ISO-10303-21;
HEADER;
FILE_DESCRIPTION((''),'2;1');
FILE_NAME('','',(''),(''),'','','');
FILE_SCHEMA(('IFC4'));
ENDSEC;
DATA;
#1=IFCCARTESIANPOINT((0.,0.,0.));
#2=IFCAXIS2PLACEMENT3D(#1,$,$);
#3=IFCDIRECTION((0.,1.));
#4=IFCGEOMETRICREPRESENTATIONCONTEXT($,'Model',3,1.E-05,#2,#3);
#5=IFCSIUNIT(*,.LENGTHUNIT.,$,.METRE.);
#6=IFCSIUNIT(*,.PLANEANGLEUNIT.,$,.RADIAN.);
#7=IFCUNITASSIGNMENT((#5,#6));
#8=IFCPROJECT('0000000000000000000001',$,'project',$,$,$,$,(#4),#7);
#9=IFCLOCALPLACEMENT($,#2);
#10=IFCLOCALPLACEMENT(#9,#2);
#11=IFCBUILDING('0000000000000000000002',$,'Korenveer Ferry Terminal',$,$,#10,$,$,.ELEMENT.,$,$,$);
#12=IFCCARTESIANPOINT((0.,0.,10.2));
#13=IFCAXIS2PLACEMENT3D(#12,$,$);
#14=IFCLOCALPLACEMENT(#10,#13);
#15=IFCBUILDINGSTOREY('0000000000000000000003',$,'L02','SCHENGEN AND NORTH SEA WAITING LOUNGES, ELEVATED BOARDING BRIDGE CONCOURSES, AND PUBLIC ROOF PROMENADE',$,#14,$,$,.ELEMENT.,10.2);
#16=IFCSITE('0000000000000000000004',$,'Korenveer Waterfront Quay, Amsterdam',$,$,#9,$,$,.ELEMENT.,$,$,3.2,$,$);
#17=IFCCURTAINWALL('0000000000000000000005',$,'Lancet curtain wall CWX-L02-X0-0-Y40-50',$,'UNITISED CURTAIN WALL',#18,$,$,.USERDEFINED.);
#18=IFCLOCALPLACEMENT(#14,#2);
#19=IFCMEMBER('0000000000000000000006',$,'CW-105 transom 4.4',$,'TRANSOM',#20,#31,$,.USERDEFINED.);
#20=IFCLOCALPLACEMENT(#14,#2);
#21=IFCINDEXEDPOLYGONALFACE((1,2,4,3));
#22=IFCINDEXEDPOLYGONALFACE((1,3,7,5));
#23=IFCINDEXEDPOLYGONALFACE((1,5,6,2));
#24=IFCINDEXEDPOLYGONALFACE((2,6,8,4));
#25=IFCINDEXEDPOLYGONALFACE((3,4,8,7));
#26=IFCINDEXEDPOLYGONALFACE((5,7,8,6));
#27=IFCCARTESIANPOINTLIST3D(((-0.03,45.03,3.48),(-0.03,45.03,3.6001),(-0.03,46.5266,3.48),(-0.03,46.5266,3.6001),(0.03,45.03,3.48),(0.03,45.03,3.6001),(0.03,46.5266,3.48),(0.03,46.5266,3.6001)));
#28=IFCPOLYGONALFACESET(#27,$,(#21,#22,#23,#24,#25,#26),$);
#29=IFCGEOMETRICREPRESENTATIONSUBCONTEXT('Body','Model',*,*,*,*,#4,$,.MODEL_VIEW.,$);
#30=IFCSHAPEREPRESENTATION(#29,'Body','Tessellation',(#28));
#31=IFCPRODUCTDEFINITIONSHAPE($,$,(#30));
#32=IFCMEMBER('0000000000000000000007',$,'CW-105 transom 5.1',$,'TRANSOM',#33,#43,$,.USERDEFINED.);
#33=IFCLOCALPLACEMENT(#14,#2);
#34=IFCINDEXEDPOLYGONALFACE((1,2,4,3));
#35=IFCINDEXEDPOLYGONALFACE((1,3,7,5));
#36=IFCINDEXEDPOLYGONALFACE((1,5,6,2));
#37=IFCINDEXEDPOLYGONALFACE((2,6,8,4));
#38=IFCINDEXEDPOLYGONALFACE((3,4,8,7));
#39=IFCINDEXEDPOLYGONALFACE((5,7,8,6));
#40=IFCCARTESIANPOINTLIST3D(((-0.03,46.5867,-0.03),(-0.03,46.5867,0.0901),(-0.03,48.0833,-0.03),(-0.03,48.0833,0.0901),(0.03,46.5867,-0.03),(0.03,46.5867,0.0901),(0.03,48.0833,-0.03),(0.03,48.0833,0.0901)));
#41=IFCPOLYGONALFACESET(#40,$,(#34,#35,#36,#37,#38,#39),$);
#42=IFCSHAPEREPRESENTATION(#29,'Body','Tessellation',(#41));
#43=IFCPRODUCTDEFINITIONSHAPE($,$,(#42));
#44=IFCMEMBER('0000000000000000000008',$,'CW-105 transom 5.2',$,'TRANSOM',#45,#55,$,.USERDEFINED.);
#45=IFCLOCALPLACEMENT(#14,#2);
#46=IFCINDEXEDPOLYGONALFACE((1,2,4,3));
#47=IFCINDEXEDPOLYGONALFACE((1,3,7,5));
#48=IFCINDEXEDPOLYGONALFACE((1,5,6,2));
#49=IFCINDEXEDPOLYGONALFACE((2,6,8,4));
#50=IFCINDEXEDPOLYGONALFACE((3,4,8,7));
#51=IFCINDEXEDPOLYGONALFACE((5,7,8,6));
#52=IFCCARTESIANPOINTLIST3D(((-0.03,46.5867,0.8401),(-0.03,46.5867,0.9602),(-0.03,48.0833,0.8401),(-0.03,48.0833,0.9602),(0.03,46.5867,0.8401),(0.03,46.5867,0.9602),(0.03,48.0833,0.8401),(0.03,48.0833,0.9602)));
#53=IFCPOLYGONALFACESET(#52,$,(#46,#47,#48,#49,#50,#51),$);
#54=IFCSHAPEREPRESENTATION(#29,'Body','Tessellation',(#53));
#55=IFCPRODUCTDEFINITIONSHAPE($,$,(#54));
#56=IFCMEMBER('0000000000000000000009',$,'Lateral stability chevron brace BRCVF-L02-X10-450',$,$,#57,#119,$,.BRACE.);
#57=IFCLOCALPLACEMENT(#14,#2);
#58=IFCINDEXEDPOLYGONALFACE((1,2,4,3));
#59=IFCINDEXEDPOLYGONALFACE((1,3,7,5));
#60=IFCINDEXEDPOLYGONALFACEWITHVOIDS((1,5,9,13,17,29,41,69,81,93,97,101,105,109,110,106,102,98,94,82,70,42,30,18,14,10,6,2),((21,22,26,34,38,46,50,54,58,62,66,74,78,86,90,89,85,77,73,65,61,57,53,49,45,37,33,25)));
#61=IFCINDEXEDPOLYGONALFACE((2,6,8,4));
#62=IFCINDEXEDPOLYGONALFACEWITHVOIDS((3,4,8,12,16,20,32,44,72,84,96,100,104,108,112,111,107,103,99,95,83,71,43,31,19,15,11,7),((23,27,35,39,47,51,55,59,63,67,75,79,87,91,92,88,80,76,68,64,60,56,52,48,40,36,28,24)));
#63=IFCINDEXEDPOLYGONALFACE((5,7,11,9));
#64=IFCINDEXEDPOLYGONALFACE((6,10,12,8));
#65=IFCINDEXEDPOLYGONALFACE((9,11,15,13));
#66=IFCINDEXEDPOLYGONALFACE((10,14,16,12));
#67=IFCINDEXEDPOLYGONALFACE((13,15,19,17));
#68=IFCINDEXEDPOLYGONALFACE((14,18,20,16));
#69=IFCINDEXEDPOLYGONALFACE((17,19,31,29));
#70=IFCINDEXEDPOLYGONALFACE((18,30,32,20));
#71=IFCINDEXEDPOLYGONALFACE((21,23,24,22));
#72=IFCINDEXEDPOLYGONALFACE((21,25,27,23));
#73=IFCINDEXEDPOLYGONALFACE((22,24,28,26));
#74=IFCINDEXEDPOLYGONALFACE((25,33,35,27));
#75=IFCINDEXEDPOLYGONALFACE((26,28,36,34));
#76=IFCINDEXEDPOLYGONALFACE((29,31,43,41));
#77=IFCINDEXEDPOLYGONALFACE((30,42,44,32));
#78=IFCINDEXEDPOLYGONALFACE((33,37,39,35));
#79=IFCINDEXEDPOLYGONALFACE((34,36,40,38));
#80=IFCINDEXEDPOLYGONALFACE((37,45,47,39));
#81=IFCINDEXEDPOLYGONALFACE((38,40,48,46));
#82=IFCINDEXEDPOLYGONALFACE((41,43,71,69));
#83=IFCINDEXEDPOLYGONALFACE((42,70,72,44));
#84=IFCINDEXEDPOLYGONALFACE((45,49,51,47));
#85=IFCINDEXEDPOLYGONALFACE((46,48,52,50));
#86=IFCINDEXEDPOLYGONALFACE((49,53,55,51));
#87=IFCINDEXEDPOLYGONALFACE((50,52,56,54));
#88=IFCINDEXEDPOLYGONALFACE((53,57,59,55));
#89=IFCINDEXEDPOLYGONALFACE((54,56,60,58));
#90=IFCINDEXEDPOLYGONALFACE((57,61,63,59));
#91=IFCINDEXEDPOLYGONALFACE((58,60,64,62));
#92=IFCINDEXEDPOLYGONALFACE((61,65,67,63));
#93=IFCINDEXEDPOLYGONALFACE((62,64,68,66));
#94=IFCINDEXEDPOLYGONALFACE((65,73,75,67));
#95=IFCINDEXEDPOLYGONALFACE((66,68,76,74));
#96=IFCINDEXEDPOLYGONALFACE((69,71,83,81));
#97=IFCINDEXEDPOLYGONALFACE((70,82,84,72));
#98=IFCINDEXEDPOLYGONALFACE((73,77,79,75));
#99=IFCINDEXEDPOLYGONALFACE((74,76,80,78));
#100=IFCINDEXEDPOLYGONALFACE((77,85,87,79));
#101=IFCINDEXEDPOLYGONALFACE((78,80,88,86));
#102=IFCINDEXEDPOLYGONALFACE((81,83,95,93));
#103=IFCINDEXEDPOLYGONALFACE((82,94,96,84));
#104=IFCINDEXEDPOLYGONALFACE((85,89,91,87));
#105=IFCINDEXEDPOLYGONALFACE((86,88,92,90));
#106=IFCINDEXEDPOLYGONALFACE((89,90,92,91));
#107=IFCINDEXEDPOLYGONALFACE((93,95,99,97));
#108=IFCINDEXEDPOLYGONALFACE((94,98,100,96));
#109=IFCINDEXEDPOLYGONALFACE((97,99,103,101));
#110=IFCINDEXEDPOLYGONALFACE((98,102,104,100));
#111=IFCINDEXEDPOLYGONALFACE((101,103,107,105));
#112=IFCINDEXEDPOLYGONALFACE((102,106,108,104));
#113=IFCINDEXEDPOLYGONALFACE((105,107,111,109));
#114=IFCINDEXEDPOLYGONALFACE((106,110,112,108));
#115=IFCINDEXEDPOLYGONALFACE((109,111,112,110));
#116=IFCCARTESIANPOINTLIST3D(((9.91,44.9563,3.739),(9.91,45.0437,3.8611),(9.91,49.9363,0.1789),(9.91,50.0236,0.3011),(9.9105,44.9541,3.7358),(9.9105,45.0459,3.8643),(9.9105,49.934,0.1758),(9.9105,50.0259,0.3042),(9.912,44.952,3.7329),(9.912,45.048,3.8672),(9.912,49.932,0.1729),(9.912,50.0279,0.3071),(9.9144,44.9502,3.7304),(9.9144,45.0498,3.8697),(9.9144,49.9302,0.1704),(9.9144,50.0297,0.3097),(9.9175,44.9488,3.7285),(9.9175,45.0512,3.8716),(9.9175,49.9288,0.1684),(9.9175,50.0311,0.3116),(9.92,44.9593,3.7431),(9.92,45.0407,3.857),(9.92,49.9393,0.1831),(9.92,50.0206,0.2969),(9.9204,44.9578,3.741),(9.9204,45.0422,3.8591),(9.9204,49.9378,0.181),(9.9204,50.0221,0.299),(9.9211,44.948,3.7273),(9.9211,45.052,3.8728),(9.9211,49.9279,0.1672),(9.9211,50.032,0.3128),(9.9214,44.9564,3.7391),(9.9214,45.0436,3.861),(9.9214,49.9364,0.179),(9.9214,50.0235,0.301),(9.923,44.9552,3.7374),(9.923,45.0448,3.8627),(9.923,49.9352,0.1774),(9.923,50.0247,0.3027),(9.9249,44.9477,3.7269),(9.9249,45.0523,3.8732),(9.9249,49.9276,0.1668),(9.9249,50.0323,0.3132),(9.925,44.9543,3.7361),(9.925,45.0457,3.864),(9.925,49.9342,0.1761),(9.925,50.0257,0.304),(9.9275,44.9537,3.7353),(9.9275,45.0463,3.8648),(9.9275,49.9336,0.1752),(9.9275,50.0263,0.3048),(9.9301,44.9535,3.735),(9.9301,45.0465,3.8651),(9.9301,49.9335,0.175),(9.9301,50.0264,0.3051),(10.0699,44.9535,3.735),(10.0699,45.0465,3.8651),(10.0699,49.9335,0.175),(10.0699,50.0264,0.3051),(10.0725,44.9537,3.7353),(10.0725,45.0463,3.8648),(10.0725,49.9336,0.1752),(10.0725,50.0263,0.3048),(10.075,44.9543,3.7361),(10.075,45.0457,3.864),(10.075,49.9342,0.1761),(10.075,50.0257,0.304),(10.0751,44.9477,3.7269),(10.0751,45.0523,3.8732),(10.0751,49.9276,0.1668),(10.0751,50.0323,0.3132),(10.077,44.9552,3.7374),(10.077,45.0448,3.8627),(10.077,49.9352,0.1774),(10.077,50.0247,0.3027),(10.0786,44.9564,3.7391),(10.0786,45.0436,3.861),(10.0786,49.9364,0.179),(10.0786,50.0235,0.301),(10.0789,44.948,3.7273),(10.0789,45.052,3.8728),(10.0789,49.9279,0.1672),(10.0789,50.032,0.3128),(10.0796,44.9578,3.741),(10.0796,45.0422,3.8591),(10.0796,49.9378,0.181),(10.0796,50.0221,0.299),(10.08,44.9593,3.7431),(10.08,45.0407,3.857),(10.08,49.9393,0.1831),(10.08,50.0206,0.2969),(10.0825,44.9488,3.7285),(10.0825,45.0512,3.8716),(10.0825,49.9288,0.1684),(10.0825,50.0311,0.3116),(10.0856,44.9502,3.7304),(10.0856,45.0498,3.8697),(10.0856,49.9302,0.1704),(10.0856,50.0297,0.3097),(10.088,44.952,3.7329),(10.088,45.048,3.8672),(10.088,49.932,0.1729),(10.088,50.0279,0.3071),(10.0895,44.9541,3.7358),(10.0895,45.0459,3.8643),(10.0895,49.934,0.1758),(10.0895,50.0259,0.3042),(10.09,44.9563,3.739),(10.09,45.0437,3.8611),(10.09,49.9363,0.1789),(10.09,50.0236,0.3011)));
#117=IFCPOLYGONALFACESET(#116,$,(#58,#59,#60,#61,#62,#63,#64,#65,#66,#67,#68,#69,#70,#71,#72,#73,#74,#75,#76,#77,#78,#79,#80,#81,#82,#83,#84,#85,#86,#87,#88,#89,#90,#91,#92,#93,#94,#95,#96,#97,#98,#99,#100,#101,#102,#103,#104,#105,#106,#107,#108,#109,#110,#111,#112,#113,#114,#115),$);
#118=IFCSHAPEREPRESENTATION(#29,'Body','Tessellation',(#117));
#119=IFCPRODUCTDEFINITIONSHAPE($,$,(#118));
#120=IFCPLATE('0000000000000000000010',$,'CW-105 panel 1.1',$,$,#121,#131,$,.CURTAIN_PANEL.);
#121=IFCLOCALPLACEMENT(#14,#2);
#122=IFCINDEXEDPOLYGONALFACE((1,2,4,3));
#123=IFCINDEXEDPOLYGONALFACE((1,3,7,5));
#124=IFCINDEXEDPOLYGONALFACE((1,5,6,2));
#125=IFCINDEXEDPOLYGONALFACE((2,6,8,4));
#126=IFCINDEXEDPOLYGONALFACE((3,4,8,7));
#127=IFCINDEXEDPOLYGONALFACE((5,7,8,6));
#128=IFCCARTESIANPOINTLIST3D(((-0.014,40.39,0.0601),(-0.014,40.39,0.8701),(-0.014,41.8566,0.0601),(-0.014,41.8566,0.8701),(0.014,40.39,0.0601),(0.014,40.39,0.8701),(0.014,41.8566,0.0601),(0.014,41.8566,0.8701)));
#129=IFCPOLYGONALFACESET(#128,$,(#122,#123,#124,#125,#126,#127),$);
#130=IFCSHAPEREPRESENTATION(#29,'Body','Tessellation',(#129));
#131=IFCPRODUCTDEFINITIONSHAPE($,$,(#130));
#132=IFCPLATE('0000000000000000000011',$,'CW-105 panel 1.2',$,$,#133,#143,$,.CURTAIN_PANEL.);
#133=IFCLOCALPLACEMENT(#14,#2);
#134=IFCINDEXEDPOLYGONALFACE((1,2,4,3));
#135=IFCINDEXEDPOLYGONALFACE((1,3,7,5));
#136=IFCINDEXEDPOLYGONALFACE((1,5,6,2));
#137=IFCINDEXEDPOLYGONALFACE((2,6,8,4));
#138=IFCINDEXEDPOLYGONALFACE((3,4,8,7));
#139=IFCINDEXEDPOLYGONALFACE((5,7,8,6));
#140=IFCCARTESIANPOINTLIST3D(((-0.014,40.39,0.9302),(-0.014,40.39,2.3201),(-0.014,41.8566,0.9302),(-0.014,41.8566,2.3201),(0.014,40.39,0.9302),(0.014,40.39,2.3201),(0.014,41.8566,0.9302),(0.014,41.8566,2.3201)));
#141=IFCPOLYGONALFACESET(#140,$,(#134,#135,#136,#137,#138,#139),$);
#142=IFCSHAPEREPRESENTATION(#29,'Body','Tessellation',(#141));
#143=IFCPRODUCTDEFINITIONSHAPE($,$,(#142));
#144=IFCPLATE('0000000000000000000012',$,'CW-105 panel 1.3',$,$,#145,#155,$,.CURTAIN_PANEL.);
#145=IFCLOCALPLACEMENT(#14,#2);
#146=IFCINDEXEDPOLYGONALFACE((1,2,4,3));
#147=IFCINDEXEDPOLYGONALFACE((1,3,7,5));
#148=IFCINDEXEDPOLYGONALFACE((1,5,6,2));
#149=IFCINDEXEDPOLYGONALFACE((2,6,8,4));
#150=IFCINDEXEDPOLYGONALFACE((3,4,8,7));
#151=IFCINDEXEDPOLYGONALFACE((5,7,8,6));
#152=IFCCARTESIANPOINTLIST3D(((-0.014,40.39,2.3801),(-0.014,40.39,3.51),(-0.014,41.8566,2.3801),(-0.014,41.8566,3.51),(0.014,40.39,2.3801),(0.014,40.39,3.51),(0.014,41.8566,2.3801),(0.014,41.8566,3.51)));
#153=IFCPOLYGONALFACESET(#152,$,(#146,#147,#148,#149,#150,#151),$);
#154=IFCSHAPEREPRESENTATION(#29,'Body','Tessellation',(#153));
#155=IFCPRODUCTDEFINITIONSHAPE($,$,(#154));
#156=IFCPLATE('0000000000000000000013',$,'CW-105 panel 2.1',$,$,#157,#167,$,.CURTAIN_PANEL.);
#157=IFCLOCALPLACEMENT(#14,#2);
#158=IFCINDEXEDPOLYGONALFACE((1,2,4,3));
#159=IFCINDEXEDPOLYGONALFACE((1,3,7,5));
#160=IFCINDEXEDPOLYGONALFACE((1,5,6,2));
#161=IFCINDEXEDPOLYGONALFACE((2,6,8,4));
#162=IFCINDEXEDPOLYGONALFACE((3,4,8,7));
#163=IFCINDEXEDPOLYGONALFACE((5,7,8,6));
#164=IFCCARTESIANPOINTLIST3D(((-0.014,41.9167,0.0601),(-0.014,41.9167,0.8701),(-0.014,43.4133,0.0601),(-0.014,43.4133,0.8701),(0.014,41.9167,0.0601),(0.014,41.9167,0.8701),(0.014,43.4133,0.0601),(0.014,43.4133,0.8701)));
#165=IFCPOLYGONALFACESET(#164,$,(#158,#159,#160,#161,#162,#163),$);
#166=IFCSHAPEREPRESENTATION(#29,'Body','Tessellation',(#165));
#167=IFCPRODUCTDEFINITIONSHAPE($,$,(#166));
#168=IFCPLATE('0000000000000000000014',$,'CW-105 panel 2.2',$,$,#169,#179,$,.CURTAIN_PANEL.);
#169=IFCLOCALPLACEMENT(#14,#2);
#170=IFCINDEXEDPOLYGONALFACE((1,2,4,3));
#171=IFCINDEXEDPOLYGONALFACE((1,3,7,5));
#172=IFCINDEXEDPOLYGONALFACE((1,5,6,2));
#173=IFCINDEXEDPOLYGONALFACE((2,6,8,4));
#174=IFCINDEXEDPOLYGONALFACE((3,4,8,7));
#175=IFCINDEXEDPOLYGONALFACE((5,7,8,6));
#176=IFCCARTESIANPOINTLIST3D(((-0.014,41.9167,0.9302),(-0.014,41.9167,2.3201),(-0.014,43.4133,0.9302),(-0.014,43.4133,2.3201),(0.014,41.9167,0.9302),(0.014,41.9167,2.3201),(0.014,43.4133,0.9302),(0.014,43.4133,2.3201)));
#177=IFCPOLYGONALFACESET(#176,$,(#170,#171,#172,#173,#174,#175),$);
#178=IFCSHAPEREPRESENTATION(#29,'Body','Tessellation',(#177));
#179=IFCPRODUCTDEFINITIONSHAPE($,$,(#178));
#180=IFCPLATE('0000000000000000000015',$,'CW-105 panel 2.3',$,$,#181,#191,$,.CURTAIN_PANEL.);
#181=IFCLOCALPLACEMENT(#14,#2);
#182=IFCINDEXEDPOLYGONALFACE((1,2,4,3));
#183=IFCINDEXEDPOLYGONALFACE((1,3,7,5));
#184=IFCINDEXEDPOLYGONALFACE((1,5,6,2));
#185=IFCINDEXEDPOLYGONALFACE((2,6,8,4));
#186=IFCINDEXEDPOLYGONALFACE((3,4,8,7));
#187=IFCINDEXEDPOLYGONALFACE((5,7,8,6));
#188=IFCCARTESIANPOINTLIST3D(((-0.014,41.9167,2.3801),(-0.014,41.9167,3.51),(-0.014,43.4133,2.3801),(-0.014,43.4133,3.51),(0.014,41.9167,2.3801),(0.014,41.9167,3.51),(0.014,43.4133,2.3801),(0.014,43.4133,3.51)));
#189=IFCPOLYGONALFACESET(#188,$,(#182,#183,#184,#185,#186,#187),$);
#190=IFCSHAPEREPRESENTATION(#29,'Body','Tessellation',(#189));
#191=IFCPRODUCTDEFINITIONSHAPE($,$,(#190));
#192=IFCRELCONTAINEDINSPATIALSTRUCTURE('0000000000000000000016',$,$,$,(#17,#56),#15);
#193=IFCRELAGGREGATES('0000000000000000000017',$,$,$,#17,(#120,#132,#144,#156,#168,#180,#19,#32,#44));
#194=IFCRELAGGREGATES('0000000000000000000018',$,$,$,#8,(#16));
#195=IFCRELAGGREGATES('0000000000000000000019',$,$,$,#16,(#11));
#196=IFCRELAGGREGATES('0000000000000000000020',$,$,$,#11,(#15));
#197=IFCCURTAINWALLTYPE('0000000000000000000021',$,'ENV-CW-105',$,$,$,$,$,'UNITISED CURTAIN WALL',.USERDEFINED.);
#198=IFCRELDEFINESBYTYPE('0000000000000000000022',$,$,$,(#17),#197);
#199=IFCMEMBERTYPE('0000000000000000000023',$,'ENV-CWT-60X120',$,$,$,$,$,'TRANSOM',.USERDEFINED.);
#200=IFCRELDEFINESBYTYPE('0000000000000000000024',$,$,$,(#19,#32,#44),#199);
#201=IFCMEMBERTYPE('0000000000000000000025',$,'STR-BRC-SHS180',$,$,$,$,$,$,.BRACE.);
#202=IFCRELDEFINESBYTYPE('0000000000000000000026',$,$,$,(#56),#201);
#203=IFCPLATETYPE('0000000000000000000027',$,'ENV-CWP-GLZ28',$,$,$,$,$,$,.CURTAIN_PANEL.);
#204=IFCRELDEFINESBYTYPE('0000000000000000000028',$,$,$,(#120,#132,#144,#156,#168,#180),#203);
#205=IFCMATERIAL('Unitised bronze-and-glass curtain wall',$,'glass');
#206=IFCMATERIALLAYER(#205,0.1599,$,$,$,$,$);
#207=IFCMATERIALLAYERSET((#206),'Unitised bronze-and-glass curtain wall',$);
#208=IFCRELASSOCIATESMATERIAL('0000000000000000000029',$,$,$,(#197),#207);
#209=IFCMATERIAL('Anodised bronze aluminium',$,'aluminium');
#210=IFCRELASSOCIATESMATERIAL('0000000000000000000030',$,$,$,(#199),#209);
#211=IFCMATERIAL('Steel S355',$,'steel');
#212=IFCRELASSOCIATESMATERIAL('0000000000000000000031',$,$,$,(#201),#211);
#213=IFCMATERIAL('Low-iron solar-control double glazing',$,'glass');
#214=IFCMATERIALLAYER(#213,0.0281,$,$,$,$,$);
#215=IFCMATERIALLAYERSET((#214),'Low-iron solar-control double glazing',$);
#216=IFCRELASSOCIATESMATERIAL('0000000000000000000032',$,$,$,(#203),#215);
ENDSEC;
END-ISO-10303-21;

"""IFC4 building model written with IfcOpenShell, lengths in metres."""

from ifc_helpers import new_model, si_unit, direction, frame, origin, origin_2d, place, context, subcontext, project, spatial, rectangle, hollow_rectangle, extrude, material, layer, layer_set, material_profile, profile_set, type_object, element, aggregate, save


model = new_model("IFC4")

# Units and contexts
model_context = context("Model", 3, precision=1e-05, world=origin(), true_north=direction((0.0, 1.0)))
body_context = subcontext(model_context, "Body", "Model", "MODEL_VIEW")
ifc_project = project(units=[si_unit("LENGTHUNIT", "METRE"), si_unit("PLANEANGLEUNIT", "RADIAN")], contexts=[model_context])

# Site, building, storey
site_placement = place(None, origin())
site = spatial("IfcSite", under=ifc_project, at=site_placement, Name="Korenveer Waterfront Quay, Amsterdam", CompositionType="ELEMENT", RefElevation=3.2)
building_placement = place(site_placement, origin())
building = spatial("IfcBuilding", under=site, at=building_placement, Name="Korenveer Ferry Terminal", CompositionType="ELEMENT")
storey_placement = place(building_placement, frame((0.0, 0.0, 10.2)))
storey = spatial("IfcBuildingStorey", under=building, at=storey_placement, Name="L02", Description="SCHENGEN AND NORTH SEA WAITING LOUNGES, ELEVATED BOARDING BRIDGE CONCOURSES, AND PUBLIC ROOF PROMENADE", CompositionType="ELEMENT", Elevation=10.2)

# Curtain wall, members
ifc_material_1 = material(Name="Unitised bronze-and-glass curtain wall", Category="glass")
ifc_layer_1 = layer(ifc_material_1, 0.1599)
ifc_layer_set_1 = layer_set([ifc_layer_1], Name="Unitised bronze-and-glass curtain wall")
curtain_wall_type = type_object("IfcCurtainWallType", Name="ENV-CW-105", ElementType="UNITISED CURTAIN WALL", PredefinedType="USERDEFINED", material=ifc_layer_set_1)
curtain_wall_placement = place(storey_placement, frame((0.0, 40.3301, 0.0)))
curtain_wall = element("IfcCurtainWall", 1, at=curtain_wall_placement, inside=storey, type_object=curtain_wall_type, Name="Lancet curtain wall CWX-L02-X0-0-Y40-50", ObjectType="UNITISED CURTAIN WALL", PredefinedType="USERDEFINED")
ifc_material_2 = material(Name="Anodised bronze aluminium", Category="aluminium")
ifc_material_profile_1 = material_profile(ifc_material_2, rectangle(XDim=0.0601, YDim=0.1201, at=origin_2d()), Name="ALU 60x120")
ifc_profile_set_1 = profile_set([ifc_material_profile_1], Name="Anodised bronze aluminium")
member_type_1 = type_object("IfcMemberType", Name="ENV-CWT-60X120", ElementType="TRANSOM", PredefinedType="USERDEFINED", material=ifc_profile_set_1)
member_1_placement = place(storey_placement, frame((0.0, 45.03, 3.54), z_axis=(0.0, 1.0, 0.0), x_axis=(-1.0, 0.0, 0.0)))
member_1 = element("IfcMember", 2, at=member_1_placement, type_object=member_type_1, Name="CW-105 transom 4.4", ObjectType="TRANSOM", PredefinedType="USERDEFINED", context=body_context, shape_type="SweptSolid", body=[
    extrude(rectangle(XDim=0.0601, YDim=0.1201, at=origin_2d()), origin(), (0.0, 0.0, 1.0), 1.4966),
])
member_2_placement = place(storey_placement, frame((0.0, 46.5867, 0.03), z_axis=(0.0, 1.0, 0.0), x_axis=(-1.0, 0.0, 0.0)))
member_2 = element("IfcMember", 3, at=member_2_placement, type_object=member_type_1, Name="CW-105 transom 5.1", ObjectType="TRANSOM", PredefinedType="USERDEFINED", context=body_context, shape_type="SweptSolid", body=[
    extrude(rectangle(XDim=0.0601, YDim=0.1201, at=origin_2d()), origin(), (0.0, 0.0, 1.0), 1.4966),
])
member_3_placement = place(storey_placement, frame((0.0, 46.5867, 0.9001), z_axis=(0.0, 1.0, 0.0), x_axis=(-1.0, 0.0, 0.0)))
member_3 = element("IfcMember", 4, at=member_3_placement, type_object=member_type_1, Name="CW-105 transom 5.2", ObjectType="TRANSOM", PredefinedType="USERDEFINED", context=body_context, shape_type="SweptSolid", body=[
    extrude(rectangle(XDim=0.0601, YDim=0.1201, at=origin_2d()), origin(), (0.0, 0.0, 1.0), 1.4966),
])

# Member
ifc_material_3 = material(Name="Steel S355", Category="steel")
ifc_material_profile_2 = material_profile(ifc_material_3, hollow_rectangle(XDim=0.1799, YDim=0.1799, WallThickness=0.01, InnerFilletRadius=0.01, OuterFilletRadius=0.0149, at=origin_2d()), Name="SHS 180x180x10")
ifc_profile_set_2 = profile_set([ifc_material_profile_2], Name="Steel S355")
member_type_2 = type_object("IfcMemberType", Name="STR-BRC-SHS180", PredefinedType="BRACE", material=ifc_profile_set_2)
member_4_placement = place(storey_placement, frame((10.0, 45.0, 3.8), z_axis=(0.0, 0.813507, -0.581555), x_axis=(-1.0, 0.0, 0.0)))
element("IfcMember", 5, at=member_4_placement, inside=storey, type_object=member_type_2, Name="Lateral stability chevron brace BRCVF-L02-X10-450", PredefinedType="BRACE", context=body_context, shape_type="SweptSolid", body=[
    extrude(hollow_rectangle(XDim=0.1799, YDim=0.1799, WallThickness=0.01, InnerFilletRadius=0.01, OuterFilletRadius=0.0149, at=origin_2d()), origin(), (0.0, 0.0, 1.0), 6.1216),
])

# Plates
ifc_material_4 = material(Name="Low-iron solar-control double glazing", Category="glass")
ifc_layer_2 = layer(ifc_material_4, 0.0281)
ifc_layer_set_2 = layer_set([ifc_layer_2], Name="Low-iron solar-control double glazing")
plate_type_1 = type_object("IfcPlateType", Name="ENV-CWP-GLZ28", PredefinedType="CURTAIN_PANEL", material=ifc_layer_set_2)
plate_1_placement = place(storey_placement, frame((0.0, 41.1233, 0.0601), z_axis=(0.0, 0.0, 1.0), x_axis=(0.0, 1.0, 0.0)))
plate_1 = element("IfcPlate", 6, at=plate_1_placement, type_object=plate_type_1, Name="CW-105 panel 1.1", PredefinedType="CURTAIN_PANEL", context=body_context, shape_type="SweptSolid", body=[
    extrude(rectangle(XDim=1.4666, YDim=0.0281, at=origin_2d()), origin(), (0.0, 0.0, 1.0), 0.8101),
])
plate_2_placement = place(storey_placement, frame((0.0, 41.1233, 0.9302), z_axis=(0.0, 0.0, 1.0), x_axis=(0.0, 1.0, 0.0)))
plate_2 = element("IfcPlate", 7, at=plate_2_placement, type_object=plate_type_1, Name="CW-105 panel 1.2", PredefinedType="CURTAIN_PANEL", context=body_context, shape_type="SweptSolid", body=[
    extrude(rectangle(XDim=1.4666, YDim=0.0281, at=origin_2d()), origin(), (0.0, 0.0, 1.0), 1.3899),
])
plate_3_placement = place(storey_placement, frame((0.0, 41.1233, 2.3801), z_axis=(0.0, 0.0, 1.0), x_axis=(0.0, 1.0, 0.0)))
plate_3 = element("IfcPlate", 8, at=plate_3_placement, type_object=plate_type_1, Name="CW-105 panel 1.3", PredefinedType="CURTAIN_PANEL", context=body_context, shape_type="SweptSolid", body=[
    extrude(rectangle(XDim=1.4666, YDim=0.0281, at=origin_2d()), origin(), (0.0, 0.0, 1.0), 1.1299),
])
plate_4_placement = place(storey_placement, frame((0.0, 42.665, 0.0601), z_axis=(0.0, 0.0, 1.0), x_axis=(0.0, 1.0, 0.0)))
plate_4 = element("IfcPlate", 9, at=plate_4_placement, type_object=plate_type_1, Name="CW-105 panel 2.1", PredefinedType="CURTAIN_PANEL", context=body_context, shape_type="SweptSolid", body=[
    extrude(rectangle(XDim=1.4966, YDim=0.0281, at=origin_2d()), origin(), (0.0, 0.0, 1.0), 0.8101),
])
plate_5_placement = place(storey_placement, frame((0.0, 42.665, 0.9302), z_axis=(0.0, 0.0, 1.0), x_axis=(0.0, 1.0, 0.0)))
plate_5 = element("IfcPlate", 10, at=plate_5_placement, type_object=plate_type_1, Name="CW-105 panel 2.2", PredefinedType="CURTAIN_PANEL", context=body_context, shape_type="SweptSolid", body=[
    extrude(rectangle(XDim=1.4966, YDim=0.0281, at=origin_2d()), origin(), (0.0, 0.0, 1.0), 1.3899),
])
plate_6_placement = place(storey_placement, frame((0.0, 42.665, 2.3801), z_axis=(0.0, 0.0, 1.0), x_axis=(0.0, 1.0, 0.0)))
plate_6 = element("IfcPlate", 11, at=plate_6_placement, type_object=plate_type_1, Name="CW-105 panel 2.3", PredefinedType="CURTAIN_PANEL", context=body_context, shape_type="SweptSolid", body=[
    extrude(rectangle(XDim=1.4966, YDim=0.0281, at=origin_2d()), origin(), (0.0, 0.0, 1.0), 1.1299),
])
aggregate(curtain_wall, [plate_1, plate_2, plate_3, plate_4, plate_5, plate_6, member_1, member_2, member_3])

save(model, "model.ifc")
